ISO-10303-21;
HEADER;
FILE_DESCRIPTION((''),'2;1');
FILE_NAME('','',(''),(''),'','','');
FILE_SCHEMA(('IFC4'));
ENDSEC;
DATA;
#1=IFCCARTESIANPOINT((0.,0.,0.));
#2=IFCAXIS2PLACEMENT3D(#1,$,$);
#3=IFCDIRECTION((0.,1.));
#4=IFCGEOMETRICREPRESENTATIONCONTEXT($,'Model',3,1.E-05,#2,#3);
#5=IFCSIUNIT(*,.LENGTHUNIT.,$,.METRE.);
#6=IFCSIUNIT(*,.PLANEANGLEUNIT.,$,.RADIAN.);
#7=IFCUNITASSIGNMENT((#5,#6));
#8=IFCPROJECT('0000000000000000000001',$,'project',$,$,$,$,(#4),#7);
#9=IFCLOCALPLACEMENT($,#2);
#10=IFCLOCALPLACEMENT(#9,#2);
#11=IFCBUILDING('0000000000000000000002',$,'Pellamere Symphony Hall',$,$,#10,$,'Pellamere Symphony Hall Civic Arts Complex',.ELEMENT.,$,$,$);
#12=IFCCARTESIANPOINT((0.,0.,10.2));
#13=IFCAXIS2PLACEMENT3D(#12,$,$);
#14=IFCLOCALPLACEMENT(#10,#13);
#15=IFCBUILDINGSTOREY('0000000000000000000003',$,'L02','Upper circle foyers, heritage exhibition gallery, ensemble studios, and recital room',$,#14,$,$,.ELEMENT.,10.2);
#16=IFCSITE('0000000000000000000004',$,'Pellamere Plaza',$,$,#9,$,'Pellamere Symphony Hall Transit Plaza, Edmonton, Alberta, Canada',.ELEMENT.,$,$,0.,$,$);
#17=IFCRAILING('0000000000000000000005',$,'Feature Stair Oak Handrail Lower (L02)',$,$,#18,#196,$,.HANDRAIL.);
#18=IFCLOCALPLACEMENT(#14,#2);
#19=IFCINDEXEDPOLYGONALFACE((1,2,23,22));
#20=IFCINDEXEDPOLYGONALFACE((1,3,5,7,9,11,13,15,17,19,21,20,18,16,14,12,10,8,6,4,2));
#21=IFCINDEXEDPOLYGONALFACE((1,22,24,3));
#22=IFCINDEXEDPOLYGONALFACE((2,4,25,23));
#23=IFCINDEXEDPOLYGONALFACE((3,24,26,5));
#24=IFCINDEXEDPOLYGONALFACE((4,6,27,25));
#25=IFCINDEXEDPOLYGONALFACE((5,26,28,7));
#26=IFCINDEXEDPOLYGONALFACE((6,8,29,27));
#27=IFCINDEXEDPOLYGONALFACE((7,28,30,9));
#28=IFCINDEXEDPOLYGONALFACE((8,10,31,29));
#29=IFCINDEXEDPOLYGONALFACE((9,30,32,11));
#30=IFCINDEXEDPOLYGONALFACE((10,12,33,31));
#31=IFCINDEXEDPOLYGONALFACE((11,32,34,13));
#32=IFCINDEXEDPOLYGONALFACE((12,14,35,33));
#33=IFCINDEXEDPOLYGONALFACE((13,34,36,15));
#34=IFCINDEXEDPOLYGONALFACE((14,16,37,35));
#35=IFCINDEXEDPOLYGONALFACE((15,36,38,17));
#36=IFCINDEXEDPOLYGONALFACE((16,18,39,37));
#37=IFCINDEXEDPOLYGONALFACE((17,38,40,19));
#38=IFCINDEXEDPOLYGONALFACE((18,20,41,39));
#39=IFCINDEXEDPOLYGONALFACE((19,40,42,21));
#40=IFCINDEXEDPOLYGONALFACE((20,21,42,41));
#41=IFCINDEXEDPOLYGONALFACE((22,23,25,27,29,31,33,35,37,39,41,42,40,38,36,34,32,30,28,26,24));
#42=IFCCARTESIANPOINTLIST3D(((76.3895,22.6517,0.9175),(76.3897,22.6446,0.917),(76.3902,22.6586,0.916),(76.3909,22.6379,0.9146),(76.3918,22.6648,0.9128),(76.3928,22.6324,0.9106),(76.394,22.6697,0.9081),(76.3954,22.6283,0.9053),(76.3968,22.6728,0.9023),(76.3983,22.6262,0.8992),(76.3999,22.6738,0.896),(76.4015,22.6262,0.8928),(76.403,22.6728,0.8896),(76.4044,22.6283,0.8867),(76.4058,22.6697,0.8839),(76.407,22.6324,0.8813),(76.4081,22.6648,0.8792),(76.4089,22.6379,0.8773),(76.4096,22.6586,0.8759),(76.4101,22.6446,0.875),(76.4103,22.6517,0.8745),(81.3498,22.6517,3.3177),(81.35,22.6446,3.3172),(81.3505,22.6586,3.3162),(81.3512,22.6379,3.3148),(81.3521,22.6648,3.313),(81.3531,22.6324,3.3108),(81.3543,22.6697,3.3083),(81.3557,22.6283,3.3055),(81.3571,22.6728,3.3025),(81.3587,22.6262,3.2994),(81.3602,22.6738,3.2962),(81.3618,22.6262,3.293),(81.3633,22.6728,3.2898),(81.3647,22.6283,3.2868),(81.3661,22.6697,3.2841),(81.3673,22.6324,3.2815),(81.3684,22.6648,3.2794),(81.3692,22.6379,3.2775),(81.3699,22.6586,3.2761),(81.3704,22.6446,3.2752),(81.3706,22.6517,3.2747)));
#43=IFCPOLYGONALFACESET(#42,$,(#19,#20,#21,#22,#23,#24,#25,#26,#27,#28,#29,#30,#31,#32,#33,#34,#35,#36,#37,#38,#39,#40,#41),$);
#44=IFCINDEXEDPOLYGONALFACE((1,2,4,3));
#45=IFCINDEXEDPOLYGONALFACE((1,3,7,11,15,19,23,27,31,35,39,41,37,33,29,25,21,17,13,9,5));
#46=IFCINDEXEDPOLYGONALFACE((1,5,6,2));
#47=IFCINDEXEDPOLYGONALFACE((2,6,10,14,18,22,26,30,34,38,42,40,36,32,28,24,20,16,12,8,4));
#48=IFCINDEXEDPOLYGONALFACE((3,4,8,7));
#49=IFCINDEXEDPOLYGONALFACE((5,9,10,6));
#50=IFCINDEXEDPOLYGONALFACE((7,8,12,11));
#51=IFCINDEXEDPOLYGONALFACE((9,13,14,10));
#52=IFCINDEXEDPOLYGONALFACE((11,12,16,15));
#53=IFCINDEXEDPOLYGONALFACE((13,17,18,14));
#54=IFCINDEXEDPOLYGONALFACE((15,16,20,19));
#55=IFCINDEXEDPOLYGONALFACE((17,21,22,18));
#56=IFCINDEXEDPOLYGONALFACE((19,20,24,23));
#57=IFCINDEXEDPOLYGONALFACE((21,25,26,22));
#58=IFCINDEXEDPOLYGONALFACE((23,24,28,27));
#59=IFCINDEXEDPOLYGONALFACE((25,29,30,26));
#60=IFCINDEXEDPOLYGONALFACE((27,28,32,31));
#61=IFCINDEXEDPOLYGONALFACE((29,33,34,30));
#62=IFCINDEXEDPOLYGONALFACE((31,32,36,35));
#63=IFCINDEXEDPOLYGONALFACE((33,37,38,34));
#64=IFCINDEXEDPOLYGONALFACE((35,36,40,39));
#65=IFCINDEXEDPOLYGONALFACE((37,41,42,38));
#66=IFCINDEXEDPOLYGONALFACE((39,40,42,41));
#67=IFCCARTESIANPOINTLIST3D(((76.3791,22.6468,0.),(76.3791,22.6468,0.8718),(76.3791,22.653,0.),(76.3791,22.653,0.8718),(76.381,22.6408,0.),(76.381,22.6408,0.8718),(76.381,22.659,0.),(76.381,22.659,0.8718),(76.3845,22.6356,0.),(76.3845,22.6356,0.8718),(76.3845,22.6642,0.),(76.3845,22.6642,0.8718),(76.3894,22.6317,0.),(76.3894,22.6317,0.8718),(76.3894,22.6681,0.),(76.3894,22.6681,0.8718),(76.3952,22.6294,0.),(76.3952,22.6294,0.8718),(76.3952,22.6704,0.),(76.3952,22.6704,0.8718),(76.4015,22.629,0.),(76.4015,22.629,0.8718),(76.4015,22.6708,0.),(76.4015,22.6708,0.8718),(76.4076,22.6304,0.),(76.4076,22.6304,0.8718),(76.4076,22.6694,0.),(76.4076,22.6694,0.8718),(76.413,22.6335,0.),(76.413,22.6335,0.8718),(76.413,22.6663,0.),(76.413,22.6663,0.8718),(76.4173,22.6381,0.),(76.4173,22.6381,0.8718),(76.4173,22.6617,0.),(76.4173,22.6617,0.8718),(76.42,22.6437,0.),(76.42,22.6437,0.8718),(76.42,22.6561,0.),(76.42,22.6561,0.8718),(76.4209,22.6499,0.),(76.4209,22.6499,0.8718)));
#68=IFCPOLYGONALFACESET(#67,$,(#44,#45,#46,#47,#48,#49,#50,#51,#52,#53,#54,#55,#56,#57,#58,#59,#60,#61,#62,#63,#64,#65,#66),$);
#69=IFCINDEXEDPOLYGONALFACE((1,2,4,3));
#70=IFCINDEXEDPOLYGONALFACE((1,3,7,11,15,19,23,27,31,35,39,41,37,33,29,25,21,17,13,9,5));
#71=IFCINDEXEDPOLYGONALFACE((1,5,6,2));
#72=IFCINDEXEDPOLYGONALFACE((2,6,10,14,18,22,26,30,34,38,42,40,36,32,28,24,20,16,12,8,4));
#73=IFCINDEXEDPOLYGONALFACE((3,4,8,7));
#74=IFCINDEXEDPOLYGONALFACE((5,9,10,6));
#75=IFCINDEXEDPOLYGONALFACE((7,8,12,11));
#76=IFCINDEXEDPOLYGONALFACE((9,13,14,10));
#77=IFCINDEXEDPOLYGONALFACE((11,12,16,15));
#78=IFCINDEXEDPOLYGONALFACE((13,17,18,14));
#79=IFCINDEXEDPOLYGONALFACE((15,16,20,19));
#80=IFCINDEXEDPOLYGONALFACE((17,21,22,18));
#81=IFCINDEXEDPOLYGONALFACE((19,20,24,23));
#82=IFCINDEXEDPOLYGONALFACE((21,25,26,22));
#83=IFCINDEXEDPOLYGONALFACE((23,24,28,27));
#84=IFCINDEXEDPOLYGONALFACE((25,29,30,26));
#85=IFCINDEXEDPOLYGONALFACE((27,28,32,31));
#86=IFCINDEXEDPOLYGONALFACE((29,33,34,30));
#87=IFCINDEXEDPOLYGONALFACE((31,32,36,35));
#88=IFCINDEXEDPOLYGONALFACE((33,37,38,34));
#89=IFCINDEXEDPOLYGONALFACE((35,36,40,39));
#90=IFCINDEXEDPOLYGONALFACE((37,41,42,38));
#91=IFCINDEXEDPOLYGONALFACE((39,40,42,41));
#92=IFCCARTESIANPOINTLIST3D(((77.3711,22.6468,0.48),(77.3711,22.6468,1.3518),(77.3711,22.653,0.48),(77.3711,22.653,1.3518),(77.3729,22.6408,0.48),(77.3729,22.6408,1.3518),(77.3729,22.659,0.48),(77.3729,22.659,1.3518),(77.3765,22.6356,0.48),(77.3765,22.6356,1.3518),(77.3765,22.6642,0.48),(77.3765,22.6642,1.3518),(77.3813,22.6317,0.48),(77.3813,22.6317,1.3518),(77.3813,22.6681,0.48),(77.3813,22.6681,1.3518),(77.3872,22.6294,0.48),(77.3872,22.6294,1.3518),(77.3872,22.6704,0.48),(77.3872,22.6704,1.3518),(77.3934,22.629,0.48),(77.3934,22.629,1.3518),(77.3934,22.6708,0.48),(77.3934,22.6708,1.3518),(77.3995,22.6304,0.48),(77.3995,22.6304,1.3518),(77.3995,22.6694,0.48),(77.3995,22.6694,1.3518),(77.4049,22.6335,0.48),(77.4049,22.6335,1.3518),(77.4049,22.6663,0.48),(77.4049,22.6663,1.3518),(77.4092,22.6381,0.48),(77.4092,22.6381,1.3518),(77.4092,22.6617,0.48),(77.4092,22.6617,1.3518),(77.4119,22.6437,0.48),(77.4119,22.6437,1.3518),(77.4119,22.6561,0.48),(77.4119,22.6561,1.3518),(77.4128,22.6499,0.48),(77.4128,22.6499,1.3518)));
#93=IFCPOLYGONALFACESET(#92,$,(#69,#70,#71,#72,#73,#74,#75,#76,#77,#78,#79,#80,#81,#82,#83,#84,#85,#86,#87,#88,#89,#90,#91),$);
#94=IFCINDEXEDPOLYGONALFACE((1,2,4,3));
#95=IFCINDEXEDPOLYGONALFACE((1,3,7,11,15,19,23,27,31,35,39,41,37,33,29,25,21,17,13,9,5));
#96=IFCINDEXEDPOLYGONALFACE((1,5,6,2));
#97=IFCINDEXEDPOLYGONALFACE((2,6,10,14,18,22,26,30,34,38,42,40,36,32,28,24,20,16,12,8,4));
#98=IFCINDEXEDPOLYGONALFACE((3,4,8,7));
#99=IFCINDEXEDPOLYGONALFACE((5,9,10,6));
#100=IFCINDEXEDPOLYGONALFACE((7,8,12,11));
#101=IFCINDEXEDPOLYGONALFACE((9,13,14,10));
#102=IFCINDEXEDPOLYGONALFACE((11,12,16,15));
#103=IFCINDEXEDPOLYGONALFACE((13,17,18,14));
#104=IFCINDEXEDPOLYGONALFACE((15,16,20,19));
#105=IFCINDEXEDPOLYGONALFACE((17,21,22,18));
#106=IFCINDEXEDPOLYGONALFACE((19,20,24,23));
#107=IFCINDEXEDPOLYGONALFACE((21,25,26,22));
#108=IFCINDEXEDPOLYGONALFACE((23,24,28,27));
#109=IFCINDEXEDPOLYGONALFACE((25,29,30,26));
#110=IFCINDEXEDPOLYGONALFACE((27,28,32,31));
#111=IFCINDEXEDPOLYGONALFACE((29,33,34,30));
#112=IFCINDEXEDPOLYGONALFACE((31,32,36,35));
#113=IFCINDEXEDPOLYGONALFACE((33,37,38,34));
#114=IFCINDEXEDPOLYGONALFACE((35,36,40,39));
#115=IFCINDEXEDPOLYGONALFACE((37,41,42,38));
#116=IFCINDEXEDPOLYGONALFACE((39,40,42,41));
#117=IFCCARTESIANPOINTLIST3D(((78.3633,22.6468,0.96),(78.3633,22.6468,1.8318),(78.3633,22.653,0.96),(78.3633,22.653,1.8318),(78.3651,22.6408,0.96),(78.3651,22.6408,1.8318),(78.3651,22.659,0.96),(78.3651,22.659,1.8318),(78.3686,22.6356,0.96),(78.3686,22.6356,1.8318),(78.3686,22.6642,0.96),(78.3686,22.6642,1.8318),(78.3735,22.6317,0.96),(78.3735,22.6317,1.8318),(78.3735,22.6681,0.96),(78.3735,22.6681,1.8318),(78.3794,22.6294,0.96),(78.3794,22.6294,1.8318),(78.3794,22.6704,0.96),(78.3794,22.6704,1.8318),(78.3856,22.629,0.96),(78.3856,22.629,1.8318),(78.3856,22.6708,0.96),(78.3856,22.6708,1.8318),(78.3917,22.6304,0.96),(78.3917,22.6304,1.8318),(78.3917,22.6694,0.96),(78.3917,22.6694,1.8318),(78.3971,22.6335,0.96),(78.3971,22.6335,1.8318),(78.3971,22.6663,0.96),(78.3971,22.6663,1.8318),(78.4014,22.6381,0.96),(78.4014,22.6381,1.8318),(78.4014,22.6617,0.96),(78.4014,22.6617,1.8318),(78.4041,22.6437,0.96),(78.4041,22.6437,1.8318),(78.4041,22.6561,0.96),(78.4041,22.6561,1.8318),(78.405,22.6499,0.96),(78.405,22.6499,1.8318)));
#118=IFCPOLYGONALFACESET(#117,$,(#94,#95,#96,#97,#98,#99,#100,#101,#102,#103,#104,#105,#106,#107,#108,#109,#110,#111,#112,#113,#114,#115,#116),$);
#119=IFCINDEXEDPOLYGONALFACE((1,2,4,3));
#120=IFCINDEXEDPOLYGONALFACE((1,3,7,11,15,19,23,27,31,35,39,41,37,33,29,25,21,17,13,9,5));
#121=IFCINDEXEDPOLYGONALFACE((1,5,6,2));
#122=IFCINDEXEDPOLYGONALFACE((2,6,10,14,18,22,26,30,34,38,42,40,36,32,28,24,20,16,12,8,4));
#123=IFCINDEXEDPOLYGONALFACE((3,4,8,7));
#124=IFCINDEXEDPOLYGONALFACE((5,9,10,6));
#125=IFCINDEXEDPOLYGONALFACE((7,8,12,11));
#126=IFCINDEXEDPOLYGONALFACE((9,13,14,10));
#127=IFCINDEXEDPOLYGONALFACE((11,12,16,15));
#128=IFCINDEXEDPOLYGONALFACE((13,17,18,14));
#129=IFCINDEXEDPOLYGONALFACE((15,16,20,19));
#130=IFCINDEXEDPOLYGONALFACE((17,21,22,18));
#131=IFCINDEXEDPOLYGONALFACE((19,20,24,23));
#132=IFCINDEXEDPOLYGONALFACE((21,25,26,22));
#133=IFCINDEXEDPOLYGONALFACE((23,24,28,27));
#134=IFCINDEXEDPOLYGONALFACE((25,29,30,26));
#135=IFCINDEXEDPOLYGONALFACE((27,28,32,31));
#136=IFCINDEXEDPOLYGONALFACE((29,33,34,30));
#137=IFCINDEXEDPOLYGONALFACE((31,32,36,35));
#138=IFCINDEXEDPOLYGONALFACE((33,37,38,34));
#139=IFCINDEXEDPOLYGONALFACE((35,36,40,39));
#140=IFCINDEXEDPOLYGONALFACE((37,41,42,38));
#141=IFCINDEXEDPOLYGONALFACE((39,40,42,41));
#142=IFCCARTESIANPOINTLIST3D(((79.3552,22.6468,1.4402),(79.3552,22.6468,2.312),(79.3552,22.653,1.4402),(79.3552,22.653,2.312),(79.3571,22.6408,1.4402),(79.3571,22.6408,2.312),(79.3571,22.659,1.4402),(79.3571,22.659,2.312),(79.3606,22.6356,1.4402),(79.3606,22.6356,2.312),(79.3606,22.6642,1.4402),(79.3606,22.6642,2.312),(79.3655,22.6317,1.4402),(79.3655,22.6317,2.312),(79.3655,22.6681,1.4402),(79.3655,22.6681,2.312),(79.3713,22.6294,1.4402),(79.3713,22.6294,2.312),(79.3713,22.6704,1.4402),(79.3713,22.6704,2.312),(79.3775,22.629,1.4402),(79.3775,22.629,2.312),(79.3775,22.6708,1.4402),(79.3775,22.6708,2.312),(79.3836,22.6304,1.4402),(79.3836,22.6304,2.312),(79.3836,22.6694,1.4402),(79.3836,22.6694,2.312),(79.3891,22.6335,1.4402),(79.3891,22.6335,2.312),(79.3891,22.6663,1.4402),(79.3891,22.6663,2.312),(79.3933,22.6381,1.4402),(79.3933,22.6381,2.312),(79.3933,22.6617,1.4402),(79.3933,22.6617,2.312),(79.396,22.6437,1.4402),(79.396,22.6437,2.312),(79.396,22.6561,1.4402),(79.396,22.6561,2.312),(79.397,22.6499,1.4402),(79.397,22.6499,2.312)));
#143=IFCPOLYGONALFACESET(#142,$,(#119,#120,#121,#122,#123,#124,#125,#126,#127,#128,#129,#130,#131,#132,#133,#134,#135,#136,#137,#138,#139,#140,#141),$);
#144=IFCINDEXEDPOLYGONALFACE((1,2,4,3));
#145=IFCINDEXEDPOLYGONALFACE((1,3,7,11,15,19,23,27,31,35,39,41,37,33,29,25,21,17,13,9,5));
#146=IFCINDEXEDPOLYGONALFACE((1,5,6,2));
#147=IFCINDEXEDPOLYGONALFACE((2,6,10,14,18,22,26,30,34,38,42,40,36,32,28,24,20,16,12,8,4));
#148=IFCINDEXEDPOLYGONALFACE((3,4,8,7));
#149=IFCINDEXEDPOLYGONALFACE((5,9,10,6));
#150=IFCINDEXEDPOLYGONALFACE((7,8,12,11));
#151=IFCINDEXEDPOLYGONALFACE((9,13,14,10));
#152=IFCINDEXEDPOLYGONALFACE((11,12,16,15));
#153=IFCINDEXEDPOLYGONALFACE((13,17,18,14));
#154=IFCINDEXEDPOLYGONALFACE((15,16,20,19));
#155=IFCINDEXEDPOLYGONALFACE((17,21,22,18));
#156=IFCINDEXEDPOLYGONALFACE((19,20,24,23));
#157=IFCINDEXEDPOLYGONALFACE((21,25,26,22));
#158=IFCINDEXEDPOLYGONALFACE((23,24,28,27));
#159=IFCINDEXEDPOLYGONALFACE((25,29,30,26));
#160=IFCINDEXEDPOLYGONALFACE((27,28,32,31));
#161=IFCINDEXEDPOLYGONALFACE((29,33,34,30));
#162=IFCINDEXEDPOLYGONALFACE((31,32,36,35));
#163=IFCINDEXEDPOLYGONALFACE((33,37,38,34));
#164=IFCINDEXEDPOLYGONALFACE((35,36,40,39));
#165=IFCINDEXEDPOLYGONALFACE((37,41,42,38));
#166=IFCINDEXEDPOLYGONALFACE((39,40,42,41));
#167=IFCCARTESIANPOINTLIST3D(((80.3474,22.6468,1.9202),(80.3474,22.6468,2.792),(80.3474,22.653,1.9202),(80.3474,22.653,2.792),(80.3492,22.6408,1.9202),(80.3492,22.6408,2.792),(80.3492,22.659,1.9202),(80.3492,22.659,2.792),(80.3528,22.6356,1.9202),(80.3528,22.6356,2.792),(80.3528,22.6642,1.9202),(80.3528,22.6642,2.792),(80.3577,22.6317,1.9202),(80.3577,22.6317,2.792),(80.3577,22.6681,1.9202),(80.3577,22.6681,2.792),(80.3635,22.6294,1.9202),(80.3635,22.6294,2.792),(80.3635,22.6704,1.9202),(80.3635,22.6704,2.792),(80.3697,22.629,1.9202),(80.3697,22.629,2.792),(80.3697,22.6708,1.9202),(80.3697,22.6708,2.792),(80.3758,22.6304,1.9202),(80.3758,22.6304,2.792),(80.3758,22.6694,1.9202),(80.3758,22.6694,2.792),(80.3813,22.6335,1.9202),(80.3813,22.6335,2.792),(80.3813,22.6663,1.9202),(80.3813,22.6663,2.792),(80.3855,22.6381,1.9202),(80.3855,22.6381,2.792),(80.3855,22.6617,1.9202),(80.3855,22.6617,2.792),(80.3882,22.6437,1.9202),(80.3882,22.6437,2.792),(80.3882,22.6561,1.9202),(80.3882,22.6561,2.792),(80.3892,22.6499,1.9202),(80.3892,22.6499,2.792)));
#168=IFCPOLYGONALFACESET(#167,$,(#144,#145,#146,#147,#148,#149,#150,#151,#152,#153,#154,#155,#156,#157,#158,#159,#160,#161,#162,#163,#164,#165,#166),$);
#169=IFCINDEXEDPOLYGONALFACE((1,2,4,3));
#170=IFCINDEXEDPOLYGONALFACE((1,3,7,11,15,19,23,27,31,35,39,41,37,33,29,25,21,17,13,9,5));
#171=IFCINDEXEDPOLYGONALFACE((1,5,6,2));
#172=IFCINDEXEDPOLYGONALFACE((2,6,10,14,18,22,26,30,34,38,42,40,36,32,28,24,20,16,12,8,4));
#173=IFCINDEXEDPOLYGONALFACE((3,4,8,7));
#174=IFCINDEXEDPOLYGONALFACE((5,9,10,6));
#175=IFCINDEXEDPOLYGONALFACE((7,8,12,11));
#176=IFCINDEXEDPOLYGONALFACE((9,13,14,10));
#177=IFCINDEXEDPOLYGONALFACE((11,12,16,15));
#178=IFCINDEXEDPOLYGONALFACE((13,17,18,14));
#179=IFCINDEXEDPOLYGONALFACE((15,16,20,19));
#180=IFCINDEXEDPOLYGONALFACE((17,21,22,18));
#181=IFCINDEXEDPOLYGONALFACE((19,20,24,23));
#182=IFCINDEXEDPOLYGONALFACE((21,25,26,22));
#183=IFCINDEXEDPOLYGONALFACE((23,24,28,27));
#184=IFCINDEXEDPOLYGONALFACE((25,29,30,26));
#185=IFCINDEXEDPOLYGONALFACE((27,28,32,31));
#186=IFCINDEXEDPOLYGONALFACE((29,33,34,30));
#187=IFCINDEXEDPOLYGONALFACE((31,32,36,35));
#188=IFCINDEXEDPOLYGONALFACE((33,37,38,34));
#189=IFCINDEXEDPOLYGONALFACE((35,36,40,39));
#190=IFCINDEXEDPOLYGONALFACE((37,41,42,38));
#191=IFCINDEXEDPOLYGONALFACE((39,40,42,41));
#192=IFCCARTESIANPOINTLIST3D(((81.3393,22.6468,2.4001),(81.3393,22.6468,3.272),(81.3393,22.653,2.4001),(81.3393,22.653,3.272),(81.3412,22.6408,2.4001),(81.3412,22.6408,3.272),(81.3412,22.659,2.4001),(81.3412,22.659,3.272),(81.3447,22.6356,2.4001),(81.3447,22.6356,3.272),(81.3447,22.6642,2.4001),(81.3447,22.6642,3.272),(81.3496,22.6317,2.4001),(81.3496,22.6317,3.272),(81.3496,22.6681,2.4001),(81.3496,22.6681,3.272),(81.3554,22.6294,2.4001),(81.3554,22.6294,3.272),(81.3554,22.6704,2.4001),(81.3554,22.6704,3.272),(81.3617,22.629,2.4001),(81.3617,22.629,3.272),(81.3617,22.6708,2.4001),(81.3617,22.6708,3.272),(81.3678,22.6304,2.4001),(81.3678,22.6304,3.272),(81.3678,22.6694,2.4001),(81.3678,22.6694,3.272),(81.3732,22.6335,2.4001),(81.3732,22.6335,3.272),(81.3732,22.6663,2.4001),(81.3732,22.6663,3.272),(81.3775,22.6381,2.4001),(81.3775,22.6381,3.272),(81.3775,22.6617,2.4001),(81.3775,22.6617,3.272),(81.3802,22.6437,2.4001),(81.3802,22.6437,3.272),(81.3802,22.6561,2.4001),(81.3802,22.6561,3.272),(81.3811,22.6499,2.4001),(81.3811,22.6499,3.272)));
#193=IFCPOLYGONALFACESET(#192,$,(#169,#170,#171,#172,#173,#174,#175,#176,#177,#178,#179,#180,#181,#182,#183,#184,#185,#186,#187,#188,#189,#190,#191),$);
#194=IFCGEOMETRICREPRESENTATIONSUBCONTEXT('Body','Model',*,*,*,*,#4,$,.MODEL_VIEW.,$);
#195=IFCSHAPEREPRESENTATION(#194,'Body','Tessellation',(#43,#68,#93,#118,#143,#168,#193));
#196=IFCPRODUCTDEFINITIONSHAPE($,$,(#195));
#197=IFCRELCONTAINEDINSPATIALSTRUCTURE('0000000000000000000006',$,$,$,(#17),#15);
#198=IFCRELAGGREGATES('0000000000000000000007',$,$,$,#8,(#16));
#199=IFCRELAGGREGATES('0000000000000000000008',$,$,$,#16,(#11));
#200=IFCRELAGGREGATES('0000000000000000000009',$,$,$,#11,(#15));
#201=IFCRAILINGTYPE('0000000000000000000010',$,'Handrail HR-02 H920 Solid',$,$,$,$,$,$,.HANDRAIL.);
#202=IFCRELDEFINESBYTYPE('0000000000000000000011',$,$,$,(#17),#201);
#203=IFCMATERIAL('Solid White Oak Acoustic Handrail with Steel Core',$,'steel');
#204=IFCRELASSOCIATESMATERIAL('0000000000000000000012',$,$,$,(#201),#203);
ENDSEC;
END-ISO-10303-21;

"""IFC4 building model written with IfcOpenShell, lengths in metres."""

from ifc_helpers import new_model, si_unit, direction, frame, origin, origin_2d, place, context, subcontext, project, spatial, circle, extrude, material, type_object, element, save


model = new_model("IFC4")

# Units and contexts
model_context = context("Model", 3, precision=1e-05, world=origin(), true_north=direction((0.0, 1.0)))
body_context = subcontext(model_context, "Body", "Model", "MODEL_VIEW")
ifc_project = project(units=[si_unit("LENGTHUNIT", "METRE"), si_unit("PLANEANGLEUNIT", "RADIAN")], contexts=[model_context])

# Site, building, storey
site_placement = place(None, origin())
site = spatial("IfcSite", under=ifc_project, at=site_placement, Name="Pellamere Plaza", LongName="Pellamere Symphony Hall Transit Plaza, Edmonton, Alberta, Canada", CompositionType="ELEMENT", RefElevation=0.0)
building_placement = place(site_placement, origin())
building = spatial("IfcBuilding", under=site, at=building_placement, Name="Pellamere Symphony Hall", LongName="Pellamere Symphony Hall Civic Arts Complex", CompositionType="ELEMENT")
storey_placement = place(building_placement, frame((0.0, 0.0, 10.2)))
storey = spatial("IfcBuildingStorey", under=building, at=storey_placement, Name="L02", Description="Upper circle foyers, heritage exhibition gallery, ensemble studios, and recital room", CompositionType="ELEMENT", Elevation=10.2)

# Railing
ifc_material_1 = material(Name="Solid White Oak Acoustic Handrail with Steel Core", Category="steel")
railing_type_1 = type_object("IfcRailingType", Name="Handrail HR-02 H920 Solid", PredefinedType="HANDRAIL", material=ifc_material_1)
railing_1_placement = place(storey_placement, frame((76.3999, 22.6499, 0.0)))
element("IfcRailing", 1, at=railing_1_placement, inside=storey, type_object=railing_type_1, Name="Feature Stair Oak Handrail Lower (L02)", PredefinedType="HANDRAIL", context=body_context, shape_type="SweptSolid", body=[
    extrude(circle(Radius=0.0239, at=origin_2d()), frame((0.0, 0.0, 0.896), z_axis=(0.900156, 0.0, 0.435568), x_axis=(0.0, 1.0, 0.0)), (0.0, 0.0, 1.0), 5.5105),
    extrude(circle(Radius=0.021, at=origin_2d()), origin(), (0.0, 0.0, 1.0), 0.8718),
    extrude(circle(Radius=0.021, at=origin_2d()), frame((0.9919, 0.0, 0.48)), (0.0, 0.0, 1.0), 0.8718),
    extrude(circle(Radius=0.021, at=origin_2d()), frame((1.9841, 0.0, 0.96)), (0.0, 0.0, 1.0), 0.8718),
    extrude(circle(Radius=0.021, at=origin_2d()), frame((2.9761, 0.0, 1.4402)), (0.0, 0.0, 1.0), 0.8718),
    extrude(circle(Radius=0.021, at=origin_2d()), frame((3.9683, 0.0, 1.9202)), (0.0, 0.0, 1.0), 0.8718),
    extrude(circle(Radius=0.021, at=origin_2d()), frame((4.9602, 0.0, 2.4001)), (0.0, 0.0, 1.0), 0.8718),
])

save(model, "model.ifc")
